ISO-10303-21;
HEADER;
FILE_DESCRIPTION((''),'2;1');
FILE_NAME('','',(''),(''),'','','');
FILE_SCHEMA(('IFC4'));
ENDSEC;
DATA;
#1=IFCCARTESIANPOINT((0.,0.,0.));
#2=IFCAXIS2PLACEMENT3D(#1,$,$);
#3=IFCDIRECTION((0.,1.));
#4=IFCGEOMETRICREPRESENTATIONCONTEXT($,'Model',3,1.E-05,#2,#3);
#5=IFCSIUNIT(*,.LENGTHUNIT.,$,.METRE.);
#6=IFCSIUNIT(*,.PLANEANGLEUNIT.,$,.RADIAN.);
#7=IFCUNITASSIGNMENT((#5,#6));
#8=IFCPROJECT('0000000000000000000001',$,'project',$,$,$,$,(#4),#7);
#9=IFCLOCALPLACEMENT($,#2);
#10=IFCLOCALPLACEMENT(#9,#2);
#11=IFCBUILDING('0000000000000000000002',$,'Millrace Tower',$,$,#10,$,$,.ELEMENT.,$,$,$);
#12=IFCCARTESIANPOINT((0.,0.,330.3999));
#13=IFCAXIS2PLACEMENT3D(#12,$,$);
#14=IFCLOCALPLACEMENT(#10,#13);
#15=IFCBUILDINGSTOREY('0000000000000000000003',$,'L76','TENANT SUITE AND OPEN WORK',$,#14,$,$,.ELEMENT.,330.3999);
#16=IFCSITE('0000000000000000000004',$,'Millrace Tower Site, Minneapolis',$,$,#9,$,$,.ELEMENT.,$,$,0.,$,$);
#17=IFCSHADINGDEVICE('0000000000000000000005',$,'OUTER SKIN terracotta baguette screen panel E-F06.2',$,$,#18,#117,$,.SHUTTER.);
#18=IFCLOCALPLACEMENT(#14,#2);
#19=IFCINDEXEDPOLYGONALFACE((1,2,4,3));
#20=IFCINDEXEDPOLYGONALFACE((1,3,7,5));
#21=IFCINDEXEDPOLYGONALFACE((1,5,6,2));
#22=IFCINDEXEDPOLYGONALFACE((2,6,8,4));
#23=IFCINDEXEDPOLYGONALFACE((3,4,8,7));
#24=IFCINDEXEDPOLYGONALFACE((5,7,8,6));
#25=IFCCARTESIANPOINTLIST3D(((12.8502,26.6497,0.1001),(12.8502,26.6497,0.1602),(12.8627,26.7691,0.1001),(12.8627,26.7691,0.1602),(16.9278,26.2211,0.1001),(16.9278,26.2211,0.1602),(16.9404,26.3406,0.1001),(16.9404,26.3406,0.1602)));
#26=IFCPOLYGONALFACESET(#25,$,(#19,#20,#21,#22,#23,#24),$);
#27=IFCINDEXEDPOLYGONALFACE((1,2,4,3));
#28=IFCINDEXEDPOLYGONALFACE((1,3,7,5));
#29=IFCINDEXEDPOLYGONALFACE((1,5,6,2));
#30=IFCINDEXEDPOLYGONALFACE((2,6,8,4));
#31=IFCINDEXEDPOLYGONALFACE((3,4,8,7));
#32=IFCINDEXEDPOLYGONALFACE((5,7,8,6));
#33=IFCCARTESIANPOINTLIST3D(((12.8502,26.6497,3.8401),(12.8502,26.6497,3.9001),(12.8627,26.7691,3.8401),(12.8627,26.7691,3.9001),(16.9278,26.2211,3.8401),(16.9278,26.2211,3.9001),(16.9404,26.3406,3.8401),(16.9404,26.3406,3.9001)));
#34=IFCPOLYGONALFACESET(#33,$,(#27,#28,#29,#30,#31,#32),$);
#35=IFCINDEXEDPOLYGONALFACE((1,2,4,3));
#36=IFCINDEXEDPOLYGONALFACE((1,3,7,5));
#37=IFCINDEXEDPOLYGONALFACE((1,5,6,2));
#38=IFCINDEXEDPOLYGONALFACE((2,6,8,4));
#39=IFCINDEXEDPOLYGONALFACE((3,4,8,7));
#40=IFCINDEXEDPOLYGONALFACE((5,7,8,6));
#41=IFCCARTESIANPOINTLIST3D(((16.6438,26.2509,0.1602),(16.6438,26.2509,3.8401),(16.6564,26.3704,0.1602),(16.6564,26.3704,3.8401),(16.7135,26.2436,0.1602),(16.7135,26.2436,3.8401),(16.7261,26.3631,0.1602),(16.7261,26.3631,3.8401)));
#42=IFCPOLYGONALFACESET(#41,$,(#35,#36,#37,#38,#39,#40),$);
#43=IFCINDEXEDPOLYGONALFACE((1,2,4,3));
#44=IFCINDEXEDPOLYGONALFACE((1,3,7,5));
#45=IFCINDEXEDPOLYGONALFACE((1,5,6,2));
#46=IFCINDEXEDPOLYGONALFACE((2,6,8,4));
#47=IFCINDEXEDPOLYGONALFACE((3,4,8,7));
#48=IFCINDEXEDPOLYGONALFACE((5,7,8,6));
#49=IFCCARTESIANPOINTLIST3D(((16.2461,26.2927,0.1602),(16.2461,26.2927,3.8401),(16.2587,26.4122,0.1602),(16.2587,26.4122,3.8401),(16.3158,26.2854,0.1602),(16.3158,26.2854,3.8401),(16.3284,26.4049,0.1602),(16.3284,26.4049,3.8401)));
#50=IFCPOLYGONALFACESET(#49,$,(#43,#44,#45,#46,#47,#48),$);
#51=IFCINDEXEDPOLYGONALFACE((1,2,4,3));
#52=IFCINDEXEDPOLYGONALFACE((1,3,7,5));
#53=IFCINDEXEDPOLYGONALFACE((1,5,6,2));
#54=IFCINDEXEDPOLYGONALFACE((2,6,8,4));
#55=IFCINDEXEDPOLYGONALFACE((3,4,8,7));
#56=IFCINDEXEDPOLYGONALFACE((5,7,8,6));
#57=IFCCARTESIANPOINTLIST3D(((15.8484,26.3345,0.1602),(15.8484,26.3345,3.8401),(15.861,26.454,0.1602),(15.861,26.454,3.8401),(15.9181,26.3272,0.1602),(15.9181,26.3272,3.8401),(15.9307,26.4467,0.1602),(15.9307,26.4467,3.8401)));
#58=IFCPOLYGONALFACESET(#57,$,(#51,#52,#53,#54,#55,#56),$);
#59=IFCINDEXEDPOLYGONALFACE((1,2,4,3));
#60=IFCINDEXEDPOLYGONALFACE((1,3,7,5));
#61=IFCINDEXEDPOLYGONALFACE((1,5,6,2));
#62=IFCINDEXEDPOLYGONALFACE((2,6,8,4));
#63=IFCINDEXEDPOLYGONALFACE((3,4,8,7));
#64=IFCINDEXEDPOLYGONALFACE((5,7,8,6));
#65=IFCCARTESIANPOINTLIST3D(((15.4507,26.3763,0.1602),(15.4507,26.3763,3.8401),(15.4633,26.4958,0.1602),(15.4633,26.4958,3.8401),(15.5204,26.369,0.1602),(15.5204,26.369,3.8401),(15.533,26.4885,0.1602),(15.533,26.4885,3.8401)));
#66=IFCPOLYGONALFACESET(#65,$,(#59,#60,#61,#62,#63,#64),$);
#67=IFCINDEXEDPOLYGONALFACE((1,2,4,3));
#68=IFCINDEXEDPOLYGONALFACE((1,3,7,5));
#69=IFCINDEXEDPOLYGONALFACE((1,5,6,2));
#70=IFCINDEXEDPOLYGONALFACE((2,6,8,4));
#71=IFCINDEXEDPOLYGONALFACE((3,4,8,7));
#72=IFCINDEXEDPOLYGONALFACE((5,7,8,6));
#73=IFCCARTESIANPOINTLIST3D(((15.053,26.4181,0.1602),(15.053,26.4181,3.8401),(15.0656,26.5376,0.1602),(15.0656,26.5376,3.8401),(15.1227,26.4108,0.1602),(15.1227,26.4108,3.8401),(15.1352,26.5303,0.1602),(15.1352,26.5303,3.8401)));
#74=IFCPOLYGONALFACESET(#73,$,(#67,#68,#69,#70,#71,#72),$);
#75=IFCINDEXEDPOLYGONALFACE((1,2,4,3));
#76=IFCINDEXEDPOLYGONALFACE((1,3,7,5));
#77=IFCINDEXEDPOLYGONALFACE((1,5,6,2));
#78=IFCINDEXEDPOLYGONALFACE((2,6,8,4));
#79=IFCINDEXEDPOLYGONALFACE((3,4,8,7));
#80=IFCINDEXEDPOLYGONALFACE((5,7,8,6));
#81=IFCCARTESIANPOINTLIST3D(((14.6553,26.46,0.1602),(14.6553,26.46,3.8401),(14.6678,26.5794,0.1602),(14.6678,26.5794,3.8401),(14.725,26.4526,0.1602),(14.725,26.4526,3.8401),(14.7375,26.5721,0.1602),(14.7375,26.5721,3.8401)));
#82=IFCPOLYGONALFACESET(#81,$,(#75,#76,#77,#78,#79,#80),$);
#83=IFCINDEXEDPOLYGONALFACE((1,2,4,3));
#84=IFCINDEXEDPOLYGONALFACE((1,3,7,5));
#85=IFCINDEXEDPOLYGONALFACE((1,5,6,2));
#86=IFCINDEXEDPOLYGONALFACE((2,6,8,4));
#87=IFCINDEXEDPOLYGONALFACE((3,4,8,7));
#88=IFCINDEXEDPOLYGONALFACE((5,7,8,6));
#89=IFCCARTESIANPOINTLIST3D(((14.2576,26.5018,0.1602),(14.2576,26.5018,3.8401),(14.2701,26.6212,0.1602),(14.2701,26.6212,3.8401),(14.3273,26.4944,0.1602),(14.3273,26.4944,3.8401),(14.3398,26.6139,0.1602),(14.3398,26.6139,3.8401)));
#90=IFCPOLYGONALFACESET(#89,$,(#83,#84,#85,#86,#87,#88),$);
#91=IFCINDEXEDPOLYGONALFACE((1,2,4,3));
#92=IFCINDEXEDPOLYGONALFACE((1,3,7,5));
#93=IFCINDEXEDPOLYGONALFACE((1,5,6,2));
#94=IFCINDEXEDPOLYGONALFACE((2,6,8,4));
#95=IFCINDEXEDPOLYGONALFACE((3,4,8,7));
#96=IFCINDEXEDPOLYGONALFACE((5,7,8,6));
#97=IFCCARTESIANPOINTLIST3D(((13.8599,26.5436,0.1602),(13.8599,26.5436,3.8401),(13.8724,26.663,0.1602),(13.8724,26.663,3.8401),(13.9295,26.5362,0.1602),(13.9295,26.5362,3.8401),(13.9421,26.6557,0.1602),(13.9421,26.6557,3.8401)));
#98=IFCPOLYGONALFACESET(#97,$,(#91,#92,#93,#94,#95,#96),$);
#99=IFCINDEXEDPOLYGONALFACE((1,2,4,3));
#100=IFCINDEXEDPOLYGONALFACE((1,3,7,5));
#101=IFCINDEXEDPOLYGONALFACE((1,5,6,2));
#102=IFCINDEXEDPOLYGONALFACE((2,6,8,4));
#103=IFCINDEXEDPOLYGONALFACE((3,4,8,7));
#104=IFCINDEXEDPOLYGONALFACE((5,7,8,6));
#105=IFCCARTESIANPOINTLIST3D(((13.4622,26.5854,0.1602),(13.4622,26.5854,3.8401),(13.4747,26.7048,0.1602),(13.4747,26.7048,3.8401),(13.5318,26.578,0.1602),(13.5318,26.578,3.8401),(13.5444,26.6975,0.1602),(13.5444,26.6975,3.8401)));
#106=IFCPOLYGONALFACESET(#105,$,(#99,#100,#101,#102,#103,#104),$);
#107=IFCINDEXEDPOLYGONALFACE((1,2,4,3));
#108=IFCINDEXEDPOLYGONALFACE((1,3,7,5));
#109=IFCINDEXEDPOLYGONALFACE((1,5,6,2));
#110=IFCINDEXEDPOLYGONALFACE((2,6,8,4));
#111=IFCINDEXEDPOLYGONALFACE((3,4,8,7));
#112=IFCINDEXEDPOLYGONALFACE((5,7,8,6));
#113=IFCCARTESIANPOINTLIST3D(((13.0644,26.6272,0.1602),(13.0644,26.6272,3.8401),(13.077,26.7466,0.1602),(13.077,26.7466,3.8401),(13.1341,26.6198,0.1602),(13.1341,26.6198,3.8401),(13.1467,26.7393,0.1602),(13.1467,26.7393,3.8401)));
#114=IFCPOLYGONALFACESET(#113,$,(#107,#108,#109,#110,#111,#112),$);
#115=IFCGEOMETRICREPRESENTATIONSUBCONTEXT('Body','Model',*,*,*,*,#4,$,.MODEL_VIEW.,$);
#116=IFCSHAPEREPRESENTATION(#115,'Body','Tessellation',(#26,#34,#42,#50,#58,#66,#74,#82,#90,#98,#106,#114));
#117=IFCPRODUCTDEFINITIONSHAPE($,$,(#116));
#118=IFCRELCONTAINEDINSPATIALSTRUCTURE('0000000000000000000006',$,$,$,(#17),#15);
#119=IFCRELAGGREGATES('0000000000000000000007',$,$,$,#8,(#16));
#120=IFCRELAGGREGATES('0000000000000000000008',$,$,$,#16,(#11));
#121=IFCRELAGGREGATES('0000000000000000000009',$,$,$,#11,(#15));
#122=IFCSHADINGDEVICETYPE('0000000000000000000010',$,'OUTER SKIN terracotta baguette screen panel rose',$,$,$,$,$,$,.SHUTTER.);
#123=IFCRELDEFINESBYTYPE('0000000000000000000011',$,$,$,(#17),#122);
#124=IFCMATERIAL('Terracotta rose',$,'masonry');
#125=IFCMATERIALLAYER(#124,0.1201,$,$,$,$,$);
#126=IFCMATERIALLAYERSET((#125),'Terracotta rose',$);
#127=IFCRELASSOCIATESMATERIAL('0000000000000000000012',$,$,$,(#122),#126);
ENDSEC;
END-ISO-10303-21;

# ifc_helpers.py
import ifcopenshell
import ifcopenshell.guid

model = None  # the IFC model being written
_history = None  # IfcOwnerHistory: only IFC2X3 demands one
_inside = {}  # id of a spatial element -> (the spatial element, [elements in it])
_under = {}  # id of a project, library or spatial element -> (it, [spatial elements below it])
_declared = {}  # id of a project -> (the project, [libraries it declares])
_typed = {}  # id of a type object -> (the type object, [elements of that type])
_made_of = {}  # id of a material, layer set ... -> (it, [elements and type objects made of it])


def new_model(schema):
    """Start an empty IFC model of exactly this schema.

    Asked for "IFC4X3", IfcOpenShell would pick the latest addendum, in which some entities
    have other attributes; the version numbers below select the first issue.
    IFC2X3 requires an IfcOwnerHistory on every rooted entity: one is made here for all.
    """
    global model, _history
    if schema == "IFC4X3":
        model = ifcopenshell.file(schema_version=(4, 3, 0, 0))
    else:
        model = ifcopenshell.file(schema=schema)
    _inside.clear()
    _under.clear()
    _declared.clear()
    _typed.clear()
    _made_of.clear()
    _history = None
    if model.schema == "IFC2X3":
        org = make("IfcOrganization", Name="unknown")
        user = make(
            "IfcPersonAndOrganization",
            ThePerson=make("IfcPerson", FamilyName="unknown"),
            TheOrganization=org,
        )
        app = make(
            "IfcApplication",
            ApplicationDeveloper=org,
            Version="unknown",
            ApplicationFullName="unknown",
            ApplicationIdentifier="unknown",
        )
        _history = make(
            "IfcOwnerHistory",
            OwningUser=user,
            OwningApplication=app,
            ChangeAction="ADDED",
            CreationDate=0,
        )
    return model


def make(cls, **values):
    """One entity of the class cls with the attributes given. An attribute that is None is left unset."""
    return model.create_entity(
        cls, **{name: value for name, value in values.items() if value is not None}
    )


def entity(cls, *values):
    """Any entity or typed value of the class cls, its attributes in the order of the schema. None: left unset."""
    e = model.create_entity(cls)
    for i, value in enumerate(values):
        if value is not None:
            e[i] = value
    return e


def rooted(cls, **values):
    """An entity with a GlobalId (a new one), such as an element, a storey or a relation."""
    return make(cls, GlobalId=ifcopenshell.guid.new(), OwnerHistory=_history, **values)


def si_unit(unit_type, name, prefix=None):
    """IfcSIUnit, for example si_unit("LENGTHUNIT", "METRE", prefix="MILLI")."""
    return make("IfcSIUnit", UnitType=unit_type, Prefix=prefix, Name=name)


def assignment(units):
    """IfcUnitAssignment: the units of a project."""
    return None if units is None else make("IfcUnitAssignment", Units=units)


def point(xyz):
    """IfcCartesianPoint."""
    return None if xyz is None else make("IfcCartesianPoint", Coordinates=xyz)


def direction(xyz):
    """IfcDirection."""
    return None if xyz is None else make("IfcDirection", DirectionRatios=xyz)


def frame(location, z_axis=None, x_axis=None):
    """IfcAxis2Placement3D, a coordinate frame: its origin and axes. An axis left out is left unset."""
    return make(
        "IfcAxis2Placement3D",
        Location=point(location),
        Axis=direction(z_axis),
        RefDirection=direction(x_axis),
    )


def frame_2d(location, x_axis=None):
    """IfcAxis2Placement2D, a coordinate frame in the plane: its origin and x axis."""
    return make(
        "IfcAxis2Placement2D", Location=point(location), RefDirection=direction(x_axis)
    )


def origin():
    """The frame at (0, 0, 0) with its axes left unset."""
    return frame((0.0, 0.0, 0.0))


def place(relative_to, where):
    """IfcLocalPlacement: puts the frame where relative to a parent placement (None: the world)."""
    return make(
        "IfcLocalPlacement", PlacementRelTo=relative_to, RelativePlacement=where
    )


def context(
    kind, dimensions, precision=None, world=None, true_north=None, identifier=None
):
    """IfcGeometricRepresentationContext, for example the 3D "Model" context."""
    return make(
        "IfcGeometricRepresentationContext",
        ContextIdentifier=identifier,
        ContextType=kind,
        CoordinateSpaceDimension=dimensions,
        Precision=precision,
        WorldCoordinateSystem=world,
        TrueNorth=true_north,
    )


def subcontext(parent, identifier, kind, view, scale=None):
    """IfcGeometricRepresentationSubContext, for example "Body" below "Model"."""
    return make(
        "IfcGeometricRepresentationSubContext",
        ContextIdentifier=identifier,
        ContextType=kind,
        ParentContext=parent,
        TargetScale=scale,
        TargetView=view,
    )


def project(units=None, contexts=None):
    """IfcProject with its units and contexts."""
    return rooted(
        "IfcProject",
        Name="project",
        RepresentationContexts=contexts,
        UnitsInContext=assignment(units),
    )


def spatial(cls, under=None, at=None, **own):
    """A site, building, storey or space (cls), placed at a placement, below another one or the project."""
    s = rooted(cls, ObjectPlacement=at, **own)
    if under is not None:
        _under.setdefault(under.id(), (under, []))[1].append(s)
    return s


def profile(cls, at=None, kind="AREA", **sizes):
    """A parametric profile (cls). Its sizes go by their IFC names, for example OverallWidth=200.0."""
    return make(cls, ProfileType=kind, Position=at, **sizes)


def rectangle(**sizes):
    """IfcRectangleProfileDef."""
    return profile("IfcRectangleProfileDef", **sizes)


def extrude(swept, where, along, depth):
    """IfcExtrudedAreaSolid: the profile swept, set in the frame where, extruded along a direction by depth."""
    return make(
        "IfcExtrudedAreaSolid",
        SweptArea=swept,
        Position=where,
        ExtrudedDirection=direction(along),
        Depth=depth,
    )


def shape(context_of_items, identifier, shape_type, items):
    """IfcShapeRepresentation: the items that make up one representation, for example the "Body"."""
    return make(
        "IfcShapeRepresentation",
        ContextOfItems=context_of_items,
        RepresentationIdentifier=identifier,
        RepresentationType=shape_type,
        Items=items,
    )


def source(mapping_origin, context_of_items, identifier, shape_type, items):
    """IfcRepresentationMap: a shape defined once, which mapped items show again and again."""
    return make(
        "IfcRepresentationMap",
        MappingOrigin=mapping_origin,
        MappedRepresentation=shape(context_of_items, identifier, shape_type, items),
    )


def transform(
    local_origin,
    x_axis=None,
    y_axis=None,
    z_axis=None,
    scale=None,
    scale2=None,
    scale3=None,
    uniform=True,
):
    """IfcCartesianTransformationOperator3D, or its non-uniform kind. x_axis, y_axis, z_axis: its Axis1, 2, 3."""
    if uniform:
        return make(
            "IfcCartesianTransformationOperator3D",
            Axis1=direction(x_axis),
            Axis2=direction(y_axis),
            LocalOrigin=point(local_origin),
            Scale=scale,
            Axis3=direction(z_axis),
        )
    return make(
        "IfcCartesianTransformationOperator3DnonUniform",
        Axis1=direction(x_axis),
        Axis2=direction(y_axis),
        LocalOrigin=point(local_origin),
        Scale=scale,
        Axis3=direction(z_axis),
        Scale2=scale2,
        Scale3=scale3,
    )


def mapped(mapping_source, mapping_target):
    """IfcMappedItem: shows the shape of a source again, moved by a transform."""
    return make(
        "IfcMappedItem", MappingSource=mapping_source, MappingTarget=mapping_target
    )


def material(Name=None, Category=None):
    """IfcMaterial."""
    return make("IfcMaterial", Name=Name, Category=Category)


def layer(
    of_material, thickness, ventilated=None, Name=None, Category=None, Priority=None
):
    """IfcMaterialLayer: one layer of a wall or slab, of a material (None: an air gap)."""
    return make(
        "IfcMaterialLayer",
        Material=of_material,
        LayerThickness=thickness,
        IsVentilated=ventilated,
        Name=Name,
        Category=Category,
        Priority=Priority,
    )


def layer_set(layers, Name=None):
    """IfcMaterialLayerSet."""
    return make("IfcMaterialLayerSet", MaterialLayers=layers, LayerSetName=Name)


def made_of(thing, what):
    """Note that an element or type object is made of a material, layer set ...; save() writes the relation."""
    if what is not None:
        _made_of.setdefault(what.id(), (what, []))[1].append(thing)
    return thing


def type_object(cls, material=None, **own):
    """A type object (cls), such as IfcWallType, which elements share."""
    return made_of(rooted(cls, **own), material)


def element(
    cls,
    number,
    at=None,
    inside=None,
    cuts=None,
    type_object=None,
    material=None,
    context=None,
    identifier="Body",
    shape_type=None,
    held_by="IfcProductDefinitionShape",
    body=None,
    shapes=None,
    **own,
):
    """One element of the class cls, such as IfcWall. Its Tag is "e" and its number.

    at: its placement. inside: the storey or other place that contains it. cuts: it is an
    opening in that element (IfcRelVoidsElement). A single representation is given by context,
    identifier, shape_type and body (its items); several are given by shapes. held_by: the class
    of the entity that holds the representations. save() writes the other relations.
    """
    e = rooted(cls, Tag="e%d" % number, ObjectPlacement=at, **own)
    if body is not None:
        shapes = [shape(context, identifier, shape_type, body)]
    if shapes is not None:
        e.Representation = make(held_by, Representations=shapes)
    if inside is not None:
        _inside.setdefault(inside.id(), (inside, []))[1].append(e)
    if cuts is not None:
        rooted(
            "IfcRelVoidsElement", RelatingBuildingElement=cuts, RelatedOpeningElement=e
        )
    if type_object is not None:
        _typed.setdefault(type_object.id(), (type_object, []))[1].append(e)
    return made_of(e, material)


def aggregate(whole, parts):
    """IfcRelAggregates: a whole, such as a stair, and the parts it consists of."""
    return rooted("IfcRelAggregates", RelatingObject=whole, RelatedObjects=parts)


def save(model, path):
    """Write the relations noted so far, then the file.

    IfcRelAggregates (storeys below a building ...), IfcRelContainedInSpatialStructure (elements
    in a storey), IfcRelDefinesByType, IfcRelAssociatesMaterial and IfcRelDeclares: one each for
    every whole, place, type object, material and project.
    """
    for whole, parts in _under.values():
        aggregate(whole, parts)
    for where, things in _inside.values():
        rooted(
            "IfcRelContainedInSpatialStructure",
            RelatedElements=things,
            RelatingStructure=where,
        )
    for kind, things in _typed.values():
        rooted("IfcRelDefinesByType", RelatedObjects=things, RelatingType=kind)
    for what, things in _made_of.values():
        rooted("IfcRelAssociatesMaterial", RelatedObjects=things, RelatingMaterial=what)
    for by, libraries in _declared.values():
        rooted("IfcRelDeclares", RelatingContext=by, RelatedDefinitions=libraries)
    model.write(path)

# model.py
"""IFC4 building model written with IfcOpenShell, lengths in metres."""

from ifc_helpers import new_model, entity, si_unit, direction, frame, frame_2d, origin, place, context, subcontext, project, spatial, rectangle, extrude, source, transform, mapped, material, layer, layer_set, type_object, element, save


model = new_model("IFC4")

# Units and contexts
model_context = context("Model", 3, precision=1e-05, world=origin(), true_north=direction((0.0, 1.0)))
body_context = subcontext(model_context, "Body", "Model", "MODEL_VIEW")
ifc_project = project(units=[si_unit("LENGTHUNIT", "METRE"), si_unit("PLANEANGLEUNIT", "RADIAN")], contexts=[model_context])

# Site, building, storey
site_placement = place(None, origin())
site = spatial("IfcSite", under=ifc_project, at=site_placement, Name="Millrace Tower Site, Minneapolis", CompositionType="ELEMENT", RefElevation=0.0)
building_placement = place(site_placement, origin())
building = spatial("IfcBuilding", under=site, at=building_placement, Name="Millrace Tower", CompositionType="ELEMENT")
storey_placement = place(building_placement, frame((0.0, 0.0, 330.3999)))
storey = spatial("IfcBuildingStorey", under=building, at=storey_placement, Name="L76", Description="TENANT SUITE AND OPEN WORK", CompositionType="ELEMENT", Elevation=330.3999)

# Shading device
ifc_material_1 = material(Name="Terracotta rose", Category="masonry")
ifc_layer_1 = layer(ifc_material_1, 0.1201)
ifc_layer_set_1 = layer_set([ifc_layer_1], Name="Terracotta rose")
shading_device_type = type_object("IfcShadingDeviceType", Name="OUTER SKIN terracotta baguette screen panel rose", PredefinedType="SHUTTER", material=ifc_layer_set_1)
cartesian_point_1 = entity("IfcCartesianPoint", [-2.05, 0.0601])
shared_polyline_1 = entity("IfcPolyline", [cartesian_point_1, entity("IfcCartesianPoint", [2.05, 0.0601]), entity("IfcCartesianPoint", [2.05, -0.0601]), entity("IfcCartesianPoint", [-2.05, -0.0601]), cartesian_point_1])
shared_shape_1 = source(origin(), body_context, "Body", "SweptSolid", [
    entity("IfcExtrudedAreaSolid", entity("IfcArbitraryClosedProfileDef", "AREA", None, shared_polyline_1), entity("IfcAxis2Placement3D", entity("IfcCartesianPoint", [0.0, 0.0, 0.0])), entity("IfcDirection", [0.0, 0.0, 1.0]), 0.0601),
    entity("IfcExtrudedAreaSolid", entity("IfcArbitraryClosedProfileDef", "AREA", None, shared_polyline_1), entity("IfcAxis2Placement3D", entity("IfcCartesianPoint", [0.0, 0.0, 3.74])), entity("IfcDirection", [0.0, 0.0, 1.0]), 0.0601),
    extrude(rectangle(XDim=0.0701, YDim=0.1201, at=frame_2d((-1.7996, 0.0))), frame((0.0, 0.0, 0.0601)), (0.0, 0.0, 1.0), 3.6799),
    extrude(rectangle(XDim=0.0701, YDim=0.1201, at=frame_2d((-1.3997, 0.0))), frame((0.0, 0.0, 0.0601)), (0.0, 0.0, 1.0), 3.6799),
    extrude(rectangle(XDim=0.0701, YDim=0.1201, at=frame_2d((-0.9998, 0.0))), frame((0.0, 0.0, 0.0601)), (0.0, 0.0, 1.0), 3.6799),
    extrude(rectangle(XDim=0.0701, YDim=0.1201, at=frame_2d((-0.5999, 0.0))), frame((0.0, 0.0, 0.0601)), (0.0, 0.0, 1.0), 3.6799),
    extrude(rectangle(XDim=0.0701, YDim=0.1201, at=frame_2d((-0.2, 0.0))), frame((0.0, 0.0, 0.0601)), (0.0, 0.0, 1.0), 3.6799),
    extrude(rectangle(XDim=0.0701, YDim=0.1201, at=frame_2d((0.2, 0.0))), frame((0.0, 0.0, 0.0601)), (0.0, 0.0, 1.0), 3.6799),
    extrude(rectangle(XDim=0.0701, YDim=0.1201, at=frame_2d((0.5999, 0.0))), frame((0.0, 0.0, 0.0601)), (0.0, 0.0, 1.0), 3.6799),
    extrude(rectangle(XDim=0.0701, YDim=0.1201, at=frame_2d((0.9998, 0.0))), frame((0.0, 0.0, 0.0601)), (0.0, 0.0, 1.0), 3.6799),
    extrude(rectangle(XDim=0.0701, YDim=0.1201, at=frame_2d((1.3997, 0.0))), frame((0.0, 0.0, 0.0601)), (0.0, 0.0, 1.0), 3.6799),
    extrude(rectangle(XDim=0.0701, YDim=0.1201, at=frame_2d((1.7996, 0.0))), frame((0.0, 0.0, 0.0601)), (0.0, 0.0, 1.0), 3.6799),
])
for number, where, z_axis, x_axis, name in (
    (1, (14.8953, 26.4951, 0.1001), (0.0, 0.0, 1.0), (-0.994522, 0.104528, 0.0), "OUTER SKIN terracotta baguette screen panel E-F06.2"),
):
    element("IfcShadingDevice", number, at=place(storey_placement, frame(where, z_axis=z_axis, x_axis=x_axis)), inside=storey, type_object=shading_device_type, Name=name, PredefinedType="SHUTTER", context=body_context, shape_type="MappedRepresentation", body=[
        mapped(shared_shape_1, transform((0.0, 0.0, 0.0), scale=1.0)),
    ])

save(model, "model.ifc")
